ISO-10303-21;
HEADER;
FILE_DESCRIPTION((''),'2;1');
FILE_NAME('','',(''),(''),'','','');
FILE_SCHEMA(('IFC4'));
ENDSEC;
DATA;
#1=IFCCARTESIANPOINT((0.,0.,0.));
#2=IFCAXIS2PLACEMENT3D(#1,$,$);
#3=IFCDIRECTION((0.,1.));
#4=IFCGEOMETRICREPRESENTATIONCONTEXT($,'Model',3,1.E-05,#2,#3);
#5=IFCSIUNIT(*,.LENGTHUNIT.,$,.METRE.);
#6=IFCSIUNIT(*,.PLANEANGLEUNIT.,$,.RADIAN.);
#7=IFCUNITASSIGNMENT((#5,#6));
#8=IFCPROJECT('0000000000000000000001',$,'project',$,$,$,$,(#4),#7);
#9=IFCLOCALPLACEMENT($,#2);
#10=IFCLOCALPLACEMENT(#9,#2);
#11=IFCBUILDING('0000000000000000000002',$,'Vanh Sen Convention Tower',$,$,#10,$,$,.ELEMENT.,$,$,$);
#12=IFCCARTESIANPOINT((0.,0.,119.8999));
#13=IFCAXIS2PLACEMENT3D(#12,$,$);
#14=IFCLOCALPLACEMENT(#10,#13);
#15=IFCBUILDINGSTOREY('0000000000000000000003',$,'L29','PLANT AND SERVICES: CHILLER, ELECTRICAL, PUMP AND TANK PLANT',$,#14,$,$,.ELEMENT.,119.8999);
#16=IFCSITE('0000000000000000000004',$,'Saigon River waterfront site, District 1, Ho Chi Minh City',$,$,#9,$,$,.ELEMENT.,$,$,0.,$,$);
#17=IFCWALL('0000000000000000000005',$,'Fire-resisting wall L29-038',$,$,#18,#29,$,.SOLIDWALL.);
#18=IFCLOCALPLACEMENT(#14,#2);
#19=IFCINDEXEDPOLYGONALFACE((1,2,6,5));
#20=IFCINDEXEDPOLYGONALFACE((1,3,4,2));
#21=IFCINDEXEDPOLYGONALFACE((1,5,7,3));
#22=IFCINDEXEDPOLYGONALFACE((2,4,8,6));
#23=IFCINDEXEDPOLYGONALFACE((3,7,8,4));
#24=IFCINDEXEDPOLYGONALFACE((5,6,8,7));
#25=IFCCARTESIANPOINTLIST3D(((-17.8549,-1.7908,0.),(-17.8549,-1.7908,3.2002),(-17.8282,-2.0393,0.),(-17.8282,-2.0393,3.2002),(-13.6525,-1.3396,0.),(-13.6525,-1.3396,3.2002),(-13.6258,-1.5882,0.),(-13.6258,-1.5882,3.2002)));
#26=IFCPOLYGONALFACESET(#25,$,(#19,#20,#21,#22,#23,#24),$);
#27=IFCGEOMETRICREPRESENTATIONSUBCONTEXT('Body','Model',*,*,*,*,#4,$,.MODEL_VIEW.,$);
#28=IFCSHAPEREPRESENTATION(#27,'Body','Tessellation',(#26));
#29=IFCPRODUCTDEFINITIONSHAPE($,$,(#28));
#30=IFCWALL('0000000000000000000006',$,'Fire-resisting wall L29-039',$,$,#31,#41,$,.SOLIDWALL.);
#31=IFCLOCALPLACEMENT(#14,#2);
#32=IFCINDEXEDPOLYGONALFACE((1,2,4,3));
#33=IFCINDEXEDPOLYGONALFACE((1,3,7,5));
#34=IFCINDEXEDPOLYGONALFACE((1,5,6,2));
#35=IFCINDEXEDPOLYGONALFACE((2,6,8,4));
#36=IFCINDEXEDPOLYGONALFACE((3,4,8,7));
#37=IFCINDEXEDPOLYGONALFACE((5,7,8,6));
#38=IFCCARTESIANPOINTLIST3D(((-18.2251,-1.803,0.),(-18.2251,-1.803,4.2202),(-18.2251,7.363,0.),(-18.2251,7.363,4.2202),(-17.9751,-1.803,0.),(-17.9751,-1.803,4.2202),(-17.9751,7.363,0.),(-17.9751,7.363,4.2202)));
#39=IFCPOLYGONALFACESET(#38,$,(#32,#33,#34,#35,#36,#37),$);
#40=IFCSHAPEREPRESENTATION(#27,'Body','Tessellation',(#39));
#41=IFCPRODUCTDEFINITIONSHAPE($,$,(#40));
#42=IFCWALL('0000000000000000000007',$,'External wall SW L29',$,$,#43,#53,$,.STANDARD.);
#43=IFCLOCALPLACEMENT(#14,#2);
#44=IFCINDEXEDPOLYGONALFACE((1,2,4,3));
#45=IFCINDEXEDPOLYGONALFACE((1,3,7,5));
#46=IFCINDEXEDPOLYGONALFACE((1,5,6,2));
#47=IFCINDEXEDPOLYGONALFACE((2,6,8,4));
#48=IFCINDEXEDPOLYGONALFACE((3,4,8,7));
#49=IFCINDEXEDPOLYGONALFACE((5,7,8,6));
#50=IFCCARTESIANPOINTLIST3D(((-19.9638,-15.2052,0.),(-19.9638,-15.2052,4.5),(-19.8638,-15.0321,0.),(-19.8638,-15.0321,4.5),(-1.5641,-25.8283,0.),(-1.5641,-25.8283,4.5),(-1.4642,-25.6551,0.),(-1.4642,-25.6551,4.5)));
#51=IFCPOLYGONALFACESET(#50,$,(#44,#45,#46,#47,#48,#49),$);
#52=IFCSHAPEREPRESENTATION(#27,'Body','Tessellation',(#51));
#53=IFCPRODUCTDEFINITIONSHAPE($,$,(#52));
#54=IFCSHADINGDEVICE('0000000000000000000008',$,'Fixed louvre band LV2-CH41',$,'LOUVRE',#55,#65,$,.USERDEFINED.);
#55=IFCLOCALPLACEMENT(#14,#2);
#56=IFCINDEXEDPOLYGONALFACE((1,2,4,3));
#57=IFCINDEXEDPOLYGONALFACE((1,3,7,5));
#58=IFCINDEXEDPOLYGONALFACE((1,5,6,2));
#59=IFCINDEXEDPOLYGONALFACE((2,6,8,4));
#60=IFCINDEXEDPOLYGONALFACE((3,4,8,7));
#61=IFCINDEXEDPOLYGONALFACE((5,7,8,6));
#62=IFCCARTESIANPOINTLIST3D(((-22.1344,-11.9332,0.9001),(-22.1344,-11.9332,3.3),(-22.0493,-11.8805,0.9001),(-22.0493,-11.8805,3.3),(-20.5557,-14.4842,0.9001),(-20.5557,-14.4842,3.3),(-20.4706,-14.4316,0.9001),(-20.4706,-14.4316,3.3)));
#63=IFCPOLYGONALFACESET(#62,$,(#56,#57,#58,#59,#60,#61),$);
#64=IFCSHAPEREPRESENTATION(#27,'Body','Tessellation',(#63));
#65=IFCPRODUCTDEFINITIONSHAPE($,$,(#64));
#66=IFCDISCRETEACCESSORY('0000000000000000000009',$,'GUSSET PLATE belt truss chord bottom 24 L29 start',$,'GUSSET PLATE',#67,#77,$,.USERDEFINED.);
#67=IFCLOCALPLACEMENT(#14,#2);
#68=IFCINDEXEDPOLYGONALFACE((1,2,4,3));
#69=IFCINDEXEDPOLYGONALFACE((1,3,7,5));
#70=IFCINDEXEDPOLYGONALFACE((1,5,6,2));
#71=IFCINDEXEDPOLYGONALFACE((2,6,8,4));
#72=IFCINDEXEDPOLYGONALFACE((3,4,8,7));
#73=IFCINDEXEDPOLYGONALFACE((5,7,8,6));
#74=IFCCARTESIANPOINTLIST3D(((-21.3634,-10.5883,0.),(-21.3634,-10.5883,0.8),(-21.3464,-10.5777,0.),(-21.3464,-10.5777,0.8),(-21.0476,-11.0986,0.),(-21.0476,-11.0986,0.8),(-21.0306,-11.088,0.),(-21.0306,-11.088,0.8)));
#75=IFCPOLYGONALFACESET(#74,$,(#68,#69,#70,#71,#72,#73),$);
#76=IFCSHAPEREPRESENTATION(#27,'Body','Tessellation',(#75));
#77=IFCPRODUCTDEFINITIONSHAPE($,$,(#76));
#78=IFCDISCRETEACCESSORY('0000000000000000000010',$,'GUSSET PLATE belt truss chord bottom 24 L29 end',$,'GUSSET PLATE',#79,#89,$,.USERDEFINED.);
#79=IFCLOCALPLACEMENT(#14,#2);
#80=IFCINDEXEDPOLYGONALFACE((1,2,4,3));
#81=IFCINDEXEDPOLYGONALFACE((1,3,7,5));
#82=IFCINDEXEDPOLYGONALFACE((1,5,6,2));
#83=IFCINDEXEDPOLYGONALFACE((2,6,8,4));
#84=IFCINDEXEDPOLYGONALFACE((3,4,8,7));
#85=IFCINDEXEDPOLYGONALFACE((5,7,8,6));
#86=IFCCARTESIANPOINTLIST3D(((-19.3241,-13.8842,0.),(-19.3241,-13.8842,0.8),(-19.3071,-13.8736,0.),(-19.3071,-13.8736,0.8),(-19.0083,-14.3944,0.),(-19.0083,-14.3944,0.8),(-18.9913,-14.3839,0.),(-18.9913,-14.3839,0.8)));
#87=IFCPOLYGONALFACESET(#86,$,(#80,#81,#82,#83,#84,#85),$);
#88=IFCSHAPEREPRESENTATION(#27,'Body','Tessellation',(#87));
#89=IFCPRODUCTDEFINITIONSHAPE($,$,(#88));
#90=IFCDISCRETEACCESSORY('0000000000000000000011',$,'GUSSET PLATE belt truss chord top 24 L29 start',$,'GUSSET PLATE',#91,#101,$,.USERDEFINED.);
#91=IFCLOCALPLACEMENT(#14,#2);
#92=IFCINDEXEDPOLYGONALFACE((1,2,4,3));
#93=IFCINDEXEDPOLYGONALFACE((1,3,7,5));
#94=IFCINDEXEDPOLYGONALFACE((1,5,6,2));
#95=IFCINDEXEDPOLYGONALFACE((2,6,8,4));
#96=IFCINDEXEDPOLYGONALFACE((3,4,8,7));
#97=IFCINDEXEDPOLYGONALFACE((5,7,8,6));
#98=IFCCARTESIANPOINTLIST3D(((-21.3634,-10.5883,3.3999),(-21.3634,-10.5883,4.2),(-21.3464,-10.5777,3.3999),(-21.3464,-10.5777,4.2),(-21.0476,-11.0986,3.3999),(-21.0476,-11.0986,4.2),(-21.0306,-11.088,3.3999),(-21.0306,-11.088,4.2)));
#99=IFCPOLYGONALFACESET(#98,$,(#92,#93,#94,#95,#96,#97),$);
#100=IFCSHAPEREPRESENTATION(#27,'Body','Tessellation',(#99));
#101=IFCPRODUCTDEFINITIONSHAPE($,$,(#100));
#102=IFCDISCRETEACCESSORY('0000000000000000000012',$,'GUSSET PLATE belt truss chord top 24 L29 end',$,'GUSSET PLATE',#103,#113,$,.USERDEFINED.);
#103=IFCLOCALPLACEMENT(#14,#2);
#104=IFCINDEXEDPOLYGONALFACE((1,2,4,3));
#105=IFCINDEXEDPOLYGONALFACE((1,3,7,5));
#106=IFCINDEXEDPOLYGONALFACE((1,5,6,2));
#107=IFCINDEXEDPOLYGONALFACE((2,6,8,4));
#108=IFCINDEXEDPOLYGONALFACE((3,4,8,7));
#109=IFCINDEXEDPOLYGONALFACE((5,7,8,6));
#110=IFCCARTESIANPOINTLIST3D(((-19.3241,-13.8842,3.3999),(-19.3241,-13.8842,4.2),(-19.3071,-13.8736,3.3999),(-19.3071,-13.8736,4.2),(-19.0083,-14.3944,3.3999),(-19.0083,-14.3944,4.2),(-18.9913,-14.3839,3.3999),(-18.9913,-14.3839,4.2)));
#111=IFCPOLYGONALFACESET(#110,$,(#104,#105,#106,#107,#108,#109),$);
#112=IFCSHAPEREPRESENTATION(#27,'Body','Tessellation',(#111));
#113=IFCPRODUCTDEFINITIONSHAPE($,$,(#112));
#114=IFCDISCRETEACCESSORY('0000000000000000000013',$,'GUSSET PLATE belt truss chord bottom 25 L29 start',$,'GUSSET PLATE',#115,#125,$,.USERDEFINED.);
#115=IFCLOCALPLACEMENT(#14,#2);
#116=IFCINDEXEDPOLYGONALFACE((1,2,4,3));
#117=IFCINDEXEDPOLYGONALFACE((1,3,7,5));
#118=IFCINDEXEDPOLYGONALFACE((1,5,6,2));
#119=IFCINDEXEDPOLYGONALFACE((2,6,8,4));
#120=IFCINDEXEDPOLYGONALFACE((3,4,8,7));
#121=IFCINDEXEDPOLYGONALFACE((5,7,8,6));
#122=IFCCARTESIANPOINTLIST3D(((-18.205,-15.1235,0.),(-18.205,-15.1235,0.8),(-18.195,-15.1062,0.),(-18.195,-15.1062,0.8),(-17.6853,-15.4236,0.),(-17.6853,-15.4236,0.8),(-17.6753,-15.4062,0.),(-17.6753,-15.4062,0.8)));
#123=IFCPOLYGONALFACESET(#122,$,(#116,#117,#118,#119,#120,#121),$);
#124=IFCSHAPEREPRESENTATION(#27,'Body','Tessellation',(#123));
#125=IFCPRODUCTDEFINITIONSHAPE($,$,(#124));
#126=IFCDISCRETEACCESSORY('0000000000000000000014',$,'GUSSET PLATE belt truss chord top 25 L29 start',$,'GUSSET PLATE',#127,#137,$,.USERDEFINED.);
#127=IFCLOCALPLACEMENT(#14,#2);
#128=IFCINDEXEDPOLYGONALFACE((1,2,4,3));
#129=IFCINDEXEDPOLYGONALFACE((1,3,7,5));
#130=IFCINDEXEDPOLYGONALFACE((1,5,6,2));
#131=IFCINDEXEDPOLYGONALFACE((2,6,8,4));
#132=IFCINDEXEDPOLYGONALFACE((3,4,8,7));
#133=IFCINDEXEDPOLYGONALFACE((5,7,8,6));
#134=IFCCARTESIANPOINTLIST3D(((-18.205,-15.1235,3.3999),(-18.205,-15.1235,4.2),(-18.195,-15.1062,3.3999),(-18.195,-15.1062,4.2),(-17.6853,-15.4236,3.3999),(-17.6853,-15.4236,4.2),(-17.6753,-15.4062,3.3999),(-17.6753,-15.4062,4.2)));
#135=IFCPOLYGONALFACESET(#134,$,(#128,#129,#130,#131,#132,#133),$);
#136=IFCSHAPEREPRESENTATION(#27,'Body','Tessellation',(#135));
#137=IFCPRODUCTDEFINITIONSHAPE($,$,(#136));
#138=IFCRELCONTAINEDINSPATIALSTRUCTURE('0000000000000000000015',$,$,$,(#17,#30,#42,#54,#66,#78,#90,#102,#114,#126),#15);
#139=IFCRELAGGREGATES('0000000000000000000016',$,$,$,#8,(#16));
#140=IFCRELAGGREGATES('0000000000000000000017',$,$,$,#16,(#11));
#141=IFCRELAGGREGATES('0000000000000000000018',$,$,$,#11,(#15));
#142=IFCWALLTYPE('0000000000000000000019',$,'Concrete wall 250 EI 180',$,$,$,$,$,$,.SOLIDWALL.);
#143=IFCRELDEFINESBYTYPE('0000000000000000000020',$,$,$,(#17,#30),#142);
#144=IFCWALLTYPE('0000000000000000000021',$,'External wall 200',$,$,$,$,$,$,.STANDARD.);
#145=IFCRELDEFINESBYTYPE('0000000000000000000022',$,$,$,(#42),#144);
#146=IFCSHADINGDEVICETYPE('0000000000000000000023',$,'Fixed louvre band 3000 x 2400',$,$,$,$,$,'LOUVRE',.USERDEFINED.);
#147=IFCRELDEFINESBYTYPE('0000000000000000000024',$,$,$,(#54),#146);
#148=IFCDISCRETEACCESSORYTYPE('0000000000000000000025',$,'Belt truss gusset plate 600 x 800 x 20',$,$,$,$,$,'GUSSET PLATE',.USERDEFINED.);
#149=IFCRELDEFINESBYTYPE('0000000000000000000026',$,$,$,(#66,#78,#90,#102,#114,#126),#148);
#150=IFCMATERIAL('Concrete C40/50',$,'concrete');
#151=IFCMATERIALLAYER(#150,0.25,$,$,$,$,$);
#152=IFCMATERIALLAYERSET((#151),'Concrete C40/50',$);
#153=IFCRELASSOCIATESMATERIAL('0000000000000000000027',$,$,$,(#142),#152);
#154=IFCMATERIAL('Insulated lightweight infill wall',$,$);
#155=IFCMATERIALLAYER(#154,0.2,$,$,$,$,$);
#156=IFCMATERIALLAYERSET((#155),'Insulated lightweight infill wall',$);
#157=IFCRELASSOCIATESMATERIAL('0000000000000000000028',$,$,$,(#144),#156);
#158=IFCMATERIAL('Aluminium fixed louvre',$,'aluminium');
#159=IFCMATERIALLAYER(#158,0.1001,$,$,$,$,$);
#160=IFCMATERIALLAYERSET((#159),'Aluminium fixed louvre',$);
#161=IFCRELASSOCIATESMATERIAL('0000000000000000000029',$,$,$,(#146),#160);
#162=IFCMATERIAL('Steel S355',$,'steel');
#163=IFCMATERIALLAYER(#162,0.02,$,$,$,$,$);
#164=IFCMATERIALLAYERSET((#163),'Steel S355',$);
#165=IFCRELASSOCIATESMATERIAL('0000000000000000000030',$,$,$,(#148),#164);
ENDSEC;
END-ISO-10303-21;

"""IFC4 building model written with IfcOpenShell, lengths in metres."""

from ifc_helpers import new_model, si_unit, direction, frame, frame_2d, origin, origin_2d, place, context, subcontext, project, spatial, rectangle, extrude, material, layer, layer_set, type_object, element, save


model = new_model("IFC4")

# Units and contexts
model_context = context("Model", 3, precision=1e-05, world=origin(), true_north=direction((0.0, 1.0)))
body_context = subcontext(model_context, "Body", "Model", "MODEL_VIEW")
ifc_project = project(units=[si_unit("LENGTHUNIT", "METRE"), si_unit("PLANEANGLEUNIT", "RADIAN")], contexts=[model_context])

# Site, building, storey
site_placement = place(None, origin())
site = spatial("IfcSite", under=ifc_project, at=site_placement, Name="Saigon River waterfront site, District 1, Ho Chi Minh City", CompositionType="ELEMENT", RefElevation=0.0)
building_placement = place(site_placement, origin())
building = spatial("IfcBuilding", under=site, at=building_placement, Name="Vanh Sen Convention Tower", CompositionType="ELEMENT")
storey_placement = place(building_placement, frame((0.0, 0.0, 119.8999)))
storey = spatial("IfcBuildingStorey", under=building, at=storey_placement, Name="L29", Description="PLANT AND SERVICES: CHILLER, ELECTRICAL, PUMP AND TANK PLANT", CompositionType="ELEMENT", Elevation=119.8999)

# Shared definitions
ifc_material_1 = material(Name="Steel S355", Category="steel")

# Walls
ifc_material_2 = material(Name="Concrete C40/50", Category="concrete")
ifc_layer_1 = layer(ifc_material_2, 0.25)
ifc_layer_set_1 = layer_set([ifc_layer_1], Name="Concrete C40/50")
wall_type_1 = type_object("IfcWallType", Name="Concrete wall 250 EI 180", PredefinedType="SOLIDWALL", material=ifc_layer_set_1)
wall_1_placement = place(storey_placement, frame((-17.8416, -1.915, 0.0), z_axis=(0.0, 0.0, 1.0), x_axis=(0.994286, 0.106747, 0.0)))
element("IfcWall", 1, at=wall_1_placement, inside=storey, type_object=wall_type_1, Name="Fire-resisting wall L29-038", PredefinedType="SOLIDWALL", context=body_context, shape_type="SweptSolid", body=[
    extrude(rectangle(XDim=4.2266, YDim=0.25, at=frame_2d((2.1133, 0.0))), origin(), (0.0, 0.0, 1.0), 3.2002),
])
wall_2_placement = place(storey_placement, frame((-18.1001, -1.803, 0.0), z_axis=(0.0, 0.0, 1.0), x_axis=(0.0, 1.0, 0.0)))
element("IfcWall", 2, at=wall_2_placement, inside=storey, type_object=wall_type_1, Name="Fire-resisting wall L29-039", PredefinedType="SOLIDWALL", context=body_context, shape_type="SweptSolid", body=[
    extrude(rectangle(XDim=9.166, YDim=0.25, at=frame_2d((4.583, 0.0))), origin(), (0.0, 0.0, 1.0), 4.2202),
])
ifc_material_3 = material(Name="Insulated lightweight infill wall")
ifc_layer_2 = layer(ifc_material_3, 0.2)
ifc_layer_set_2 = layer_set([ifc_layer_2], Name="Insulated lightweight infill wall")
wall_type_2 = type_object("IfcWallType", Name="External wall 200", PredefinedType="STANDARD", material=ifc_layer_set_2)
wall_3_placement = place(storey_placement, frame((-19.9138, -15.1187, 0.0), z_axis=(0.0, 0.0, 1.0), x_axis=(0.866025, -0.5, 0.0)))
element("IfcWall", 3, at=wall_3_placement, inside=storey, type_object=wall_type_2, Name="External wall SW L29", PredefinedType="STANDARD", context=body_context, shape_type="SweptSolid", body=[
    extrude(rectangle(XDim=21.2461, YDim=0.2, at=frame_2d((10.623, 0.0))), origin(), (0.0, 0.0, 1.0), 4.5),
])

# Shading device
ifc_material_4 = material(Name="Aluminium fixed louvre", Category="aluminium")
ifc_layer_3 = layer(ifc_material_4, 0.1001)
ifc_layer_set_3 = layer_set([ifc_layer_3], Name="Aluminium fixed louvre")
shading_device_type = type_object("IfcShadingDeviceType", Name="Fixed louvre band 3000 x 2400", ElementType="LOUVRE", PredefinedType="USERDEFINED", material=ifc_layer_set_3)
shading_device_placement = place(storey_placement, frame((-21.3025, -13.1824, 0.9001), z_axis=(0.0, 0.0, 1.0), x_axis=(0.526215, -0.850351, 0.0)))
element("IfcShadingDevice", 4, at=shading_device_placement, inside=storey, type_object=shading_device_type, Name="Fixed louvre band LV2-CH41", ObjectType="LOUVRE", PredefinedType="USERDEFINED", context=body_context, shape_type="SweptSolid", body=[
    extrude(rectangle(XDim=3.0, YDim=0.1001, at=origin_2d()), origin(), (0.0, 0.0, 1.0), 2.3999),
])

# Discrete accessories
ifc_layer_4 = layer(ifc_material_1, 0.02)
ifc_layer_set_4 = layer_set([ifc_layer_4], Name="Steel S355")
discrete_accessory_type = type_object("IfcDiscreteAccessoryType", Name="Belt truss gusset plate 600 x 800 x 20", ElementType="GUSSET PLATE", PredefinedType="USERDEFINED", material=ifc_layer_set_4)
for number, where, z_axis, x_axis, name in (
    (5, (-21.197, -10.8381, 0.0), (0.0, 0.0, 1.0), (0.526202, -0.85036, 0.0), "GUSSET PLATE belt truss chord bottom 24 L29 start"),
    (6, (-19.1577, -14.134, 0.0), (0.0, 0.0, 1.0), (-0.526202, 0.85036, 0.0), "GUSSET PLATE belt truss chord bottom 24 L29 end"),
    (7, (-21.197, -10.8381, 3.3999), (0.0, 0.0, 1.0), (0.526202, -0.85036, 0.0), "GUSSET PLATE belt truss chord top 24 L29 start"),
    (8, (-19.1577, -14.134, 3.3999), (0.0, 0.0, 1.0), (-0.526202, 0.85036, 0.0), "GUSSET PLATE belt truss chord top 24 L29 end"),
    (9, (-17.9402, -15.2649, 0.0), (0.0, 0.0, 1.0), (0.866028, -0.499995, 0.0), "GUSSET PLATE belt truss chord bottom 25 L29 start"),
    (10, (-17.9402, -15.2649, 3.3999), (0.0, 0.0, 1.0), (0.866028, -0.499995, 0.0), "GUSSET PLATE belt truss chord top 25 L29 start"),
):
    element("IfcDiscreteAccessory", number, at=place(storey_placement, frame(where, z_axis=z_axis, x_axis=x_axis)), inside=storey, type_object=discrete_accessory_type, Name=name, ObjectType="GUSSET PLATE", PredefinedType="USERDEFINED", context=body_context, shape_type="SweptSolid", body=[
        extrude(rectangle(XDim=0.6001, YDim=0.02, at=origin_2d()), origin(), (0.0, 0.0, 1.0), 0.8),
    ])

save(model, "model.ifc")
